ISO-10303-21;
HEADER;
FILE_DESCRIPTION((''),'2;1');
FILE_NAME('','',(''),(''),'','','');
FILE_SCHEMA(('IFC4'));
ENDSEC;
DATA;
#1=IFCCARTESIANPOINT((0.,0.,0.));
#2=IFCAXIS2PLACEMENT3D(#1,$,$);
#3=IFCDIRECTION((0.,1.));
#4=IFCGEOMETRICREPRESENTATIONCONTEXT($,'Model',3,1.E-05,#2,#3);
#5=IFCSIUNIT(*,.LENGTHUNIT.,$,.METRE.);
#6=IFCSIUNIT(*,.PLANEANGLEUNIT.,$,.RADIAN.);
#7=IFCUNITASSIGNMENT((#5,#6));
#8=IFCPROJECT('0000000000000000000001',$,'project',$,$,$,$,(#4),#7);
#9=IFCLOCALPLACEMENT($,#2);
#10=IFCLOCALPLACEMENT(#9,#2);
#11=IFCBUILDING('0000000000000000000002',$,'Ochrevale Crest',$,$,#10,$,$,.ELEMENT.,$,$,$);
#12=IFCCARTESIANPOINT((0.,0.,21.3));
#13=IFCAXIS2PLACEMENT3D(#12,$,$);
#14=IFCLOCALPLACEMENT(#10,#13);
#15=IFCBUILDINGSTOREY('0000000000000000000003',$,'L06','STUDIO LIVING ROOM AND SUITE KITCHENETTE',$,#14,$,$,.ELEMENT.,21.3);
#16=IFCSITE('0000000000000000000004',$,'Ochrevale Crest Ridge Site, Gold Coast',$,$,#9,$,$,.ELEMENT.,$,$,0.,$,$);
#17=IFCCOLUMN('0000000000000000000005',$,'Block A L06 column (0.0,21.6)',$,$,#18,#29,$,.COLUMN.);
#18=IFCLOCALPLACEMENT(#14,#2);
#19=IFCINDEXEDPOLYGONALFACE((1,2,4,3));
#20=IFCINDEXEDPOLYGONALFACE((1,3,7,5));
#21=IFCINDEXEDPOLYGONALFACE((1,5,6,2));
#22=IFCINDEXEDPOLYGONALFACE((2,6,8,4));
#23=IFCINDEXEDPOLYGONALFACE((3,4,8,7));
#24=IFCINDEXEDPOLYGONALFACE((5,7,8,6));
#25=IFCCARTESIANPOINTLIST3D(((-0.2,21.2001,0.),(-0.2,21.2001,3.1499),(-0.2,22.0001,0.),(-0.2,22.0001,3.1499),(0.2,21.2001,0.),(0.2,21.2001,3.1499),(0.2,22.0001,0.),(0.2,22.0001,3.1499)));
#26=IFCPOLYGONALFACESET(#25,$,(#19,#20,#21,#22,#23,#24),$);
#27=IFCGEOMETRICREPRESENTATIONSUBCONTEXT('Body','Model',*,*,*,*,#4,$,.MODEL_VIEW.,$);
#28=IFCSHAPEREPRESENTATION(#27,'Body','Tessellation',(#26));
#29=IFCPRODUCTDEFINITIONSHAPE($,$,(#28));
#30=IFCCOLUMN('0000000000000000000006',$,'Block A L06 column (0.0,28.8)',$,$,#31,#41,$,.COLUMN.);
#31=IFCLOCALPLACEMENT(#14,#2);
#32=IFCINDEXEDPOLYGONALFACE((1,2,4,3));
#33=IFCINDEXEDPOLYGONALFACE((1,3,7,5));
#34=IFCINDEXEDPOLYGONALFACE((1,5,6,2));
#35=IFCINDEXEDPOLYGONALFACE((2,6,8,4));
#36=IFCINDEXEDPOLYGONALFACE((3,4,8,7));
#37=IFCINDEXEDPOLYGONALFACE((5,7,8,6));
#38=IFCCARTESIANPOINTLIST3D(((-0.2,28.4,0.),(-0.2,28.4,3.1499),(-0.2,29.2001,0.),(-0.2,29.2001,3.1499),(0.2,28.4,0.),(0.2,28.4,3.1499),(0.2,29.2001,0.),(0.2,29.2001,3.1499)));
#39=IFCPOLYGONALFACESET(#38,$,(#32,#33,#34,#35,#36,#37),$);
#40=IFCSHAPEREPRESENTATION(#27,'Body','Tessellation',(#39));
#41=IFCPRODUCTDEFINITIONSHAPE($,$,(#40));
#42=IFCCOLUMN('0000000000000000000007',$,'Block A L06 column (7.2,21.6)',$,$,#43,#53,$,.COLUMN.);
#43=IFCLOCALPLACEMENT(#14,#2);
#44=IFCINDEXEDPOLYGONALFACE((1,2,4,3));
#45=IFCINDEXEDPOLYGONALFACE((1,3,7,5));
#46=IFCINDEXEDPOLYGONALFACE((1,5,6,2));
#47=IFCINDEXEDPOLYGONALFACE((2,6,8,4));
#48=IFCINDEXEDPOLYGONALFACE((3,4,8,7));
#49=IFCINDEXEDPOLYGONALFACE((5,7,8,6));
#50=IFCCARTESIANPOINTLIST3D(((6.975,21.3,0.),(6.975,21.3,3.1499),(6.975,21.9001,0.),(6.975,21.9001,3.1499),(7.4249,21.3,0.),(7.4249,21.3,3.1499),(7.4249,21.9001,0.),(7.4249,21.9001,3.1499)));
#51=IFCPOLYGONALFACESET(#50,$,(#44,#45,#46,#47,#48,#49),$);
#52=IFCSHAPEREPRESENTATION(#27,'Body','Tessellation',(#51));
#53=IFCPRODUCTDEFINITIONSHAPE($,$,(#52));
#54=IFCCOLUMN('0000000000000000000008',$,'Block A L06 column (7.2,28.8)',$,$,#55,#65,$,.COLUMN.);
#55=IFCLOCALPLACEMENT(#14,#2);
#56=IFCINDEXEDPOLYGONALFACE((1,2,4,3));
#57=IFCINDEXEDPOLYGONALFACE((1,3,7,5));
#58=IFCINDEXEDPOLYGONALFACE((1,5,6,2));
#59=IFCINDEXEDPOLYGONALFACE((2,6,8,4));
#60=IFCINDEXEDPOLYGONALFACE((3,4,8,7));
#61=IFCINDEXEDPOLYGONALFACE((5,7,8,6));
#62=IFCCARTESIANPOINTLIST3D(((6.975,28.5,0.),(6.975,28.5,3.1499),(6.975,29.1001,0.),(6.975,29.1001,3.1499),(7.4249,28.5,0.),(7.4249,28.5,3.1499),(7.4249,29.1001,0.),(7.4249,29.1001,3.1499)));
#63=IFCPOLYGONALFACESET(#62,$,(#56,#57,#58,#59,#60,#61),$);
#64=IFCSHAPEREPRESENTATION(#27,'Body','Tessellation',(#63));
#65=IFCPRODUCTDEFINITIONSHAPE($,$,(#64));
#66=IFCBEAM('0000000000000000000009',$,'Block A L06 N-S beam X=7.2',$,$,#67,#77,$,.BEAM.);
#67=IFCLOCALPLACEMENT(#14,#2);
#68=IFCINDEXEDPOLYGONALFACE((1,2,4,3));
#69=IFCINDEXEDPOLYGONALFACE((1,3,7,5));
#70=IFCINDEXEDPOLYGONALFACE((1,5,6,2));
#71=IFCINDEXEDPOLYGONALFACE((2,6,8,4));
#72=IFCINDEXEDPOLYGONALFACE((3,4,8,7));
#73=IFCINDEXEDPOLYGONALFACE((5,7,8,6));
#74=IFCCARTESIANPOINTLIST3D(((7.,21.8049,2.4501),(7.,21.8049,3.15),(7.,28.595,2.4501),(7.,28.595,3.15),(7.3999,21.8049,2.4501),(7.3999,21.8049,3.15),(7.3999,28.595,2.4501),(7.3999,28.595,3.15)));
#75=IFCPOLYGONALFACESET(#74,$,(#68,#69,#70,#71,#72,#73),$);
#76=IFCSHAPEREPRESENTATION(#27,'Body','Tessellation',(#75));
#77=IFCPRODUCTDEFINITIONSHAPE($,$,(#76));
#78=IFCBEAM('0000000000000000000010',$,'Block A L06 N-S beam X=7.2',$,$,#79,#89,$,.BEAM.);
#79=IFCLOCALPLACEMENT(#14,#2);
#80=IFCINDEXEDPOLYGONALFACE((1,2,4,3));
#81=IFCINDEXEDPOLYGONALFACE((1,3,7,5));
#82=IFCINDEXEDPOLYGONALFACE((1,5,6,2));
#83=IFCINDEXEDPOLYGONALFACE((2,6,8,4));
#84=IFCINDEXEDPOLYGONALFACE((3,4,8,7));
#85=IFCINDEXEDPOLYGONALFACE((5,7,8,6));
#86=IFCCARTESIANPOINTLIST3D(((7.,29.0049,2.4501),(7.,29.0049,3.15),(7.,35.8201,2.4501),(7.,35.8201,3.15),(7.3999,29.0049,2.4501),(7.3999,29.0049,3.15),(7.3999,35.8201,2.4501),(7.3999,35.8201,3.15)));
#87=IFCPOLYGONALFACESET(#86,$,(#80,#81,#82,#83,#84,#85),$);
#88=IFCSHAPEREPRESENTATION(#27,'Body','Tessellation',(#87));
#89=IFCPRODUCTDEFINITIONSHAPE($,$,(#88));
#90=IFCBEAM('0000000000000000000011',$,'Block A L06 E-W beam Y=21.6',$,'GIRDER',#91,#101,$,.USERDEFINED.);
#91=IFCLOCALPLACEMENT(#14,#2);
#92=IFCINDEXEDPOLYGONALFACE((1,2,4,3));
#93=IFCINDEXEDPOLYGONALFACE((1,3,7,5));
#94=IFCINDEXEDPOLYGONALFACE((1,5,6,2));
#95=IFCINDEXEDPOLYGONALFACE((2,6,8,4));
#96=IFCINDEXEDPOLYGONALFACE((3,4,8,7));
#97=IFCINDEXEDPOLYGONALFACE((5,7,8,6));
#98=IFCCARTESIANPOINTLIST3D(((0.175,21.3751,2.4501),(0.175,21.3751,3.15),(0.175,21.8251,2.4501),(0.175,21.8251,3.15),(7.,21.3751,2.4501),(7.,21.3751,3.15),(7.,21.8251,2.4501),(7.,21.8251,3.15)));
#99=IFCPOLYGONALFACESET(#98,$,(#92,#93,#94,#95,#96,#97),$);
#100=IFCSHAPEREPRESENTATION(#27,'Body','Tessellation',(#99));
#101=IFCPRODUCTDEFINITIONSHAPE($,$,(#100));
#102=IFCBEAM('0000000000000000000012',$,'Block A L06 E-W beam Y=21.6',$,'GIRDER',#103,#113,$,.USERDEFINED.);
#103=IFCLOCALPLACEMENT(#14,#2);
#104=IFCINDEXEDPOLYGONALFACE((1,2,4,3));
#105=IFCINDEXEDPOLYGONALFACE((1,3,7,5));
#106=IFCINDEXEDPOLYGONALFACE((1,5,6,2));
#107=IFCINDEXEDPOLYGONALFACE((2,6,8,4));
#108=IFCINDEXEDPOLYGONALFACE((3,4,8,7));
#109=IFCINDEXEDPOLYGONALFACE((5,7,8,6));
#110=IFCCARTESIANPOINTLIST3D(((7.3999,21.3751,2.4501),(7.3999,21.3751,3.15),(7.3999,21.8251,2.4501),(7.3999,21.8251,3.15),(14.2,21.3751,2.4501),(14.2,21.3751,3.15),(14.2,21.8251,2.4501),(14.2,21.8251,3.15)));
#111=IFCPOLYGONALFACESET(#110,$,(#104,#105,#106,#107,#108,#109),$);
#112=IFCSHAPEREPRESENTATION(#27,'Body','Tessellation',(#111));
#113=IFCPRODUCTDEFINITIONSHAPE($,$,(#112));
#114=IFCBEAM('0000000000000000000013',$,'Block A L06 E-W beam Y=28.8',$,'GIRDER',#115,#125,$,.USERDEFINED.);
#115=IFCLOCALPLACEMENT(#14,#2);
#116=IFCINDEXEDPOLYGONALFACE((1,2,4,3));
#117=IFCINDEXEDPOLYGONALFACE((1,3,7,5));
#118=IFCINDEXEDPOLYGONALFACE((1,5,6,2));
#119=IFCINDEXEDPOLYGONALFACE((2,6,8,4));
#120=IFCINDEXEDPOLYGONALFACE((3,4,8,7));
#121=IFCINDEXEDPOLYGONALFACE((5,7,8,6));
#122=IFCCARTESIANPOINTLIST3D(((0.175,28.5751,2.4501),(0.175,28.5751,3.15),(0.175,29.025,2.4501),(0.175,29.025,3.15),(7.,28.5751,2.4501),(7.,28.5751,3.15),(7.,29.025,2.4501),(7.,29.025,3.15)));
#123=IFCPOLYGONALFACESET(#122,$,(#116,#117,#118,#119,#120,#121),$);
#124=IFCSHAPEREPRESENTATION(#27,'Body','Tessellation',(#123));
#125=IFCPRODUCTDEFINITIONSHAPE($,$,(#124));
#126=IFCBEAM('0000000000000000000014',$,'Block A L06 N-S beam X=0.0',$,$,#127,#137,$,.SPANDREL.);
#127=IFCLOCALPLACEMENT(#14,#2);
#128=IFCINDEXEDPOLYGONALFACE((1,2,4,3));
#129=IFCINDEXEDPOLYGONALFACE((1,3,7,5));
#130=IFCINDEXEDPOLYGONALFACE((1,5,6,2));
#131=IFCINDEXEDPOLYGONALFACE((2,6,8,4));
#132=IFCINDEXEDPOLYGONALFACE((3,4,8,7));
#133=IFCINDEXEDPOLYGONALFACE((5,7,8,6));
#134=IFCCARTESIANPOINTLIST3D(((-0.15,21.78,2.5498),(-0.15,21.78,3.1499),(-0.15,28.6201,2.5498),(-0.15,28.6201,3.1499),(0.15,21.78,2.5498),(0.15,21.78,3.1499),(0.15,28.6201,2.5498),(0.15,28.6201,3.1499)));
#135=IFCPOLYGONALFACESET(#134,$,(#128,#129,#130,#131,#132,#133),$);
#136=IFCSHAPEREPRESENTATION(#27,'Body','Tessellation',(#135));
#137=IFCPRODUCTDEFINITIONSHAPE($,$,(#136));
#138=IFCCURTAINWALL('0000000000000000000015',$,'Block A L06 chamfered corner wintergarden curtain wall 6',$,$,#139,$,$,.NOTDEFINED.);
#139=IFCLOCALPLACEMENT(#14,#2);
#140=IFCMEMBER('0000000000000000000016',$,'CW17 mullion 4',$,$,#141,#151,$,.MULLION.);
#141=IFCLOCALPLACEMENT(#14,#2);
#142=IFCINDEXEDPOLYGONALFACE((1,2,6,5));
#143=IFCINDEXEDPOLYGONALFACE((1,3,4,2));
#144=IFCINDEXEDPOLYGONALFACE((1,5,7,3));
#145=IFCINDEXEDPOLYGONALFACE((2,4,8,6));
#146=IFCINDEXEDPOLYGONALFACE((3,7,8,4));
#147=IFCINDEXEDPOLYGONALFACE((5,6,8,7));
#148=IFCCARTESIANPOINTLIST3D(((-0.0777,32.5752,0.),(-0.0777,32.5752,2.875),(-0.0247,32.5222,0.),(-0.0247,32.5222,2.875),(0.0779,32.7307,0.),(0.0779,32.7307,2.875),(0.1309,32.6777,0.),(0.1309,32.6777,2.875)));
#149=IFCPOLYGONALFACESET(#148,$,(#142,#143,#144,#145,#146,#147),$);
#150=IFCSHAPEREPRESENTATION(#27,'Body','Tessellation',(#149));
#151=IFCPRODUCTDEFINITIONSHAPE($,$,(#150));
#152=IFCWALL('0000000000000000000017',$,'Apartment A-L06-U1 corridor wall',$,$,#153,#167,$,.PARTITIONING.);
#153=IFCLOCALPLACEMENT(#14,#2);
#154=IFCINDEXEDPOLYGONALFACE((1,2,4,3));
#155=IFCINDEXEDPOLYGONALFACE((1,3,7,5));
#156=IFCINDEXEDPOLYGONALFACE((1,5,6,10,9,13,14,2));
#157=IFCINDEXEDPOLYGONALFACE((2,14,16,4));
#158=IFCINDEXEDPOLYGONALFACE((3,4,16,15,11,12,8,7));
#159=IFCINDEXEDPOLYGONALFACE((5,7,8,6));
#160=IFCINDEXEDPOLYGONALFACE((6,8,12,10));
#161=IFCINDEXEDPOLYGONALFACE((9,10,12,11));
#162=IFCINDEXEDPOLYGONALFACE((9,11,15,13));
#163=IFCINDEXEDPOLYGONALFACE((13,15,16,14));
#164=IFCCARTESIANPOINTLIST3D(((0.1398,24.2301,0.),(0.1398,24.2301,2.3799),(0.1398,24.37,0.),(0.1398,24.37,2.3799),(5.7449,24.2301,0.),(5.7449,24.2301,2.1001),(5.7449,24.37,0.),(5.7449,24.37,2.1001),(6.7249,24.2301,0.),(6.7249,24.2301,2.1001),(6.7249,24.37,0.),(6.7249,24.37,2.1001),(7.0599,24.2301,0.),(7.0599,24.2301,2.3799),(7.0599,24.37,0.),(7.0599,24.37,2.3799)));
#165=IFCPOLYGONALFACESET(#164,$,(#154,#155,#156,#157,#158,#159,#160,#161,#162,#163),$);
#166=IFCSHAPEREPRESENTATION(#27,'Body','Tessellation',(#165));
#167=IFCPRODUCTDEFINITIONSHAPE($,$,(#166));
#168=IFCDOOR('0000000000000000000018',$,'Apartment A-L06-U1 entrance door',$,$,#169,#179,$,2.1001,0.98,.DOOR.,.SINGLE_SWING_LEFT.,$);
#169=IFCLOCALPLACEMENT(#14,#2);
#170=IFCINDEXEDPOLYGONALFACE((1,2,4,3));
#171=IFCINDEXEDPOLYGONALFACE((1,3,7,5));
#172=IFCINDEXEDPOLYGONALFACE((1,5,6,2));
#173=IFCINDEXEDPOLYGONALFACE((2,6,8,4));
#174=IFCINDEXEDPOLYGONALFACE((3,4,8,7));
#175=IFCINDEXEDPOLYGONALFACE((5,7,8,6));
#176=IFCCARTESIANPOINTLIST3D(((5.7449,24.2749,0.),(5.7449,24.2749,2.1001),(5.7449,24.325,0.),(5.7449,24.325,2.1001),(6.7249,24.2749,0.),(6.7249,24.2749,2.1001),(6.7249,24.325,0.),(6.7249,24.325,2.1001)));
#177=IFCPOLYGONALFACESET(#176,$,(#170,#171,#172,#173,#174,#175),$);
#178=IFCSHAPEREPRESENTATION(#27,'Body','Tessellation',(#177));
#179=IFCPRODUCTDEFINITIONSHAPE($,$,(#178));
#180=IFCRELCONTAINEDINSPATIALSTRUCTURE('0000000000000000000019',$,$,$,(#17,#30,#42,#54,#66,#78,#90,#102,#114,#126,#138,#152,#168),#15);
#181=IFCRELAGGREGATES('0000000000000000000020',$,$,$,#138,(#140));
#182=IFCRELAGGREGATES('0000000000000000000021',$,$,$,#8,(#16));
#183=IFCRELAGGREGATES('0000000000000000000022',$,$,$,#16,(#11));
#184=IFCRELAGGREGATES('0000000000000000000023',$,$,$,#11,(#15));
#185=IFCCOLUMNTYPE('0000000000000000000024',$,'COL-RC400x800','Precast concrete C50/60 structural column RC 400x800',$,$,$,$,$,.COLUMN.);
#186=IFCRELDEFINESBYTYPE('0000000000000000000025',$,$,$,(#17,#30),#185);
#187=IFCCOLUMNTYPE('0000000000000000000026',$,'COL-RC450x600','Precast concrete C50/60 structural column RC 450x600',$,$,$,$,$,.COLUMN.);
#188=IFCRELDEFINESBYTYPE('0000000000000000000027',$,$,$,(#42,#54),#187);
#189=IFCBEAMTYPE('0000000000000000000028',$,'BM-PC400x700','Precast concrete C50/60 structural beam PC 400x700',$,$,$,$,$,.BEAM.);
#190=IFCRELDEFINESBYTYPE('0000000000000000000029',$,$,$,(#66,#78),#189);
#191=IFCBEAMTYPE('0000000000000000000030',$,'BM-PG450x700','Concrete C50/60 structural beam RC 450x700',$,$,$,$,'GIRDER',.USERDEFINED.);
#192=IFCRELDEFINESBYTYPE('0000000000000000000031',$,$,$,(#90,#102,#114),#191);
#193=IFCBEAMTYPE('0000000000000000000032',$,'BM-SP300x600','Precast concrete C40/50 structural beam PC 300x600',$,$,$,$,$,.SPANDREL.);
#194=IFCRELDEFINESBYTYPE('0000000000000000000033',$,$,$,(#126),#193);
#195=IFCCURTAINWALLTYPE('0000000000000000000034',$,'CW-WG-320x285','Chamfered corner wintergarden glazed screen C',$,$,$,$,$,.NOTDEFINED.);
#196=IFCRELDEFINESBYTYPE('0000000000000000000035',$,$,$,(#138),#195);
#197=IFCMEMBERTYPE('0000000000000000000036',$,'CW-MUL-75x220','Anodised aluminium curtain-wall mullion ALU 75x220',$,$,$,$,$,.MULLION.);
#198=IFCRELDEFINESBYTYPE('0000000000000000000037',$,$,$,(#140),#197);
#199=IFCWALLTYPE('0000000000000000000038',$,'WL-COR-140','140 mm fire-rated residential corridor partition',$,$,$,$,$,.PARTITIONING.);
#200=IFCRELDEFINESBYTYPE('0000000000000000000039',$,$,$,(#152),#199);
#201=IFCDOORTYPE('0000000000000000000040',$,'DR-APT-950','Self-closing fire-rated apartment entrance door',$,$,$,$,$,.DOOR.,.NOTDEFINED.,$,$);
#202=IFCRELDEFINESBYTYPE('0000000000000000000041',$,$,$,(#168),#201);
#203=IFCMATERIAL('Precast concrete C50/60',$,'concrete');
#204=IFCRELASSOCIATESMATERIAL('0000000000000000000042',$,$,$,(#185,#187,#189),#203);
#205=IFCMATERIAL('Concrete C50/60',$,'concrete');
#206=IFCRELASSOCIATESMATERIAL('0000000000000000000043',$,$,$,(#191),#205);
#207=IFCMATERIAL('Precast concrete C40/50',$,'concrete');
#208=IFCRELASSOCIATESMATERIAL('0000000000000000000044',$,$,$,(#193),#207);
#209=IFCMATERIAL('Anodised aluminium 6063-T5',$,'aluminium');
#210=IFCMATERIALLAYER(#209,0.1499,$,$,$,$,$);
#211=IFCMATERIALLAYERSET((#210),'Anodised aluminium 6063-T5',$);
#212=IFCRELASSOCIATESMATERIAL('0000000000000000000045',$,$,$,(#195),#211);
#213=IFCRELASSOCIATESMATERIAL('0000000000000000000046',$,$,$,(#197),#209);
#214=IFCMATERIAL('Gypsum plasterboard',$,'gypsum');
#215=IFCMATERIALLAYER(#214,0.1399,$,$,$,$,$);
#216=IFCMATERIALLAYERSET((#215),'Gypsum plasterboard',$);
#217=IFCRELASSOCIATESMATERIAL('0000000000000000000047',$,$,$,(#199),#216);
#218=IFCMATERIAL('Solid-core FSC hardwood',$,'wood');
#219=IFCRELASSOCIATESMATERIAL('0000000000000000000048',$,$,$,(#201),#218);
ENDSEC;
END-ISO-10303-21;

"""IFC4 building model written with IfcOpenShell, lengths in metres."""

from ifc_helpers import new_model, si_unit, direction, frame, frame_2d, origin, origin_2d, place, context, subcontext, project, spatial, rectangle, extrude, material, layer, layer_set, material_profile, profile_set, type_object, element, fill, aggregate, save


model = new_model("IFC4")

# Units and contexts
model_context = context("Model", 3, precision=1e-05, world=origin(), true_north=direction((0.0, 1.0)))
body_context = subcontext(model_context, "Body", "Model", "MODEL_VIEW")
ifc_project = project(units=[si_unit("LENGTHUNIT", "METRE"), si_unit("PLANEANGLEUNIT", "RADIAN")], contexts=[model_context])

# Site, building, storey
site_placement = place(None, origin())
site = spatial("IfcSite", under=ifc_project, at=site_placement, Name="Ochrevale Crest Ridge Site, Gold Coast", CompositionType="ELEMENT", RefElevation=0.0)
building_placement = place(site_placement, origin())
building = spatial("IfcBuilding", under=site, at=building_placement, Name="Ochrevale Crest", CompositionType="ELEMENT")
storey_placement = place(building_placement, frame((0.0, 0.0, 21.3)))
storey = spatial("IfcBuildingStorey", under=building, at=storey_placement, Name="L06", Description="STUDIO LIVING ROOM AND SUITE KITCHENETTE", CompositionType="ELEMENT", Elevation=21.3)

# Columns
ifc_material_1 = material(Name="Precast concrete C50/60", Category="concrete")
ifc_material_profile_1 = material_profile(ifc_material_1, rectangle(XDim=0.3999, YDim=0.8, at=origin_2d()), Name="RC 400x800")
ifc_profile_set_1 = profile_set([ifc_material_profile_1], Name="Precast concrete C50/60")
column_type_1 = type_object("IfcColumnType", Name="COL-RC400x800", Description="Precast concrete C50/60 structural column RC 400x800", PredefinedType="COLUMN", material=ifc_profile_set_1)
for number, where, z_axis, x_axis, name in (
    (1, (0.0, 21.6001, 0.0), (0.0, 0.0, 1.0), (1.0, 0.0, 0.0), "Block A L06 column (0.0,21.6)"),
    (2, (0.0, 28.8, 0.0), (0.0, 0.0, 1.0), (1.0, 0.0, 0.0), "Block A L06 column (0.0,28.8)"),
):
    element("IfcColumn", number, at=place(storey_placement, frame(where, z_axis=z_axis, x_axis=x_axis)), inside=storey, type_object=column_type_1, Name=name, PredefinedType="COLUMN", context=body_context, shape_type="SweptSolid", body=[
        extrude(rectangle(XDim=0.3999, YDim=0.8, at=origin_2d()), origin(), (0.0, 0.0, 1.0), 3.1499),
    ])
ifc_material_profile_2 = material_profile(ifc_material_1, rectangle(XDim=0.45, YDim=0.6001, at=origin_2d()), Name="RC 450x600")
ifc_profile_set_2 = profile_set([ifc_material_profile_2], Name="Precast concrete C50/60")
column_type_2 = type_object("IfcColumnType", Name="COL-RC450x600", Description="Precast concrete C50/60 structural column RC 450x600", PredefinedType="COLUMN", material=ifc_profile_set_2)
for number, where, z_axis, x_axis, name in (
    (3, (7.2, 21.6001, 0.0), (0.0, 0.0, 1.0), (1.0, 0.0, 0.0), "Block A L06 column (7.2,21.6)"),
    (4, (7.2, 28.8, 0.0), (0.0, 0.0, 1.0), (1.0, 0.0, 0.0), "Block A L06 column (7.2,28.8)"),
):
    element("IfcColumn", number, at=place(storey_placement, frame(where, z_axis=z_axis, x_axis=x_axis)), inside=storey, type_object=column_type_2, Name=name, PredefinedType="COLUMN", context=body_context, shape_type="SweptSolid", body=[
        extrude(rectangle(XDim=0.45, YDim=0.6001, at=origin_2d()), origin(), (0.0, 0.0, 1.0), 3.1499),
    ])

# Beams
ifc_material_profile_3 = material_profile(ifc_material_1, rectangle(XDim=0.3999, YDim=0.7, at=origin_2d()), Name="PC 400x700")
ifc_profile_set_3 = profile_set([ifc_material_profile_3], Name="Precast concrete C50/60")
beam_type_1 = type_object("IfcBeamType", Name="BM-PC400x700", Description="Precast concrete C50/60 structural beam PC 400x700", PredefinedType="BEAM", material=ifc_profile_set_3)
beam_1_placement = place(storey_placement, frame((7.2, 21.8049, 2.8), z_axis=(0.0, 1.0, 0.0), x_axis=(-1.0, 0.0, 0.0)))
element("IfcBeam", 5, at=beam_1_placement, inside=storey, type_object=beam_type_1, Name="Block A L06 N-S beam X=7.2", PredefinedType="BEAM", context=body_context, shape_type="SweptSolid", body=[
    extrude(rectangle(XDim=0.3999, YDim=0.7, at=origin_2d()), origin(), (0.0, 0.0, 1.0), 6.79),
])
beam_2_placement = place(storey_placement, frame((7.2, 29.0049, 2.8), z_axis=(0.0, 1.0, 0.0), x_axis=(-1.0, 0.0, 0.0)))
element("IfcBeam", 6, at=beam_2_placement, inside=storey, type_object=beam_type_1, Name="Block A L06 N-S beam X=7.2", PredefinedType="BEAM", context=body_context, shape_type="SweptSolid", body=[
    extrude(rectangle(XDim=0.3999, YDim=0.7, at=origin_2d()), origin(), (0.0, 0.0, 1.0), 6.8152),
])
ifc_material_2 = material(Name="Concrete C50/60", Category="concrete")
ifc_material_profile_4 = material_profile(ifc_material_2, rectangle(XDim=0.45, YDim=0.7, at=origin_2d()), Name="RC 450x700")
ifc_profile_set_4 = profile_set([ifc_material_profile_4], Name="Concrete C50/60")
beam_type_2 = type_object("IfcBeamType", Name="BM-PG450x700", Description="Concrete C50/60 structural beam RC 450x700", ElementType="GIRDER", PredefinedType="USERDEFINED", material=ifc_profile_set_4)
beam_3_placement = place(storey_placement, frame((0.175, 21.6001, 2.8), z_axis=(1.0, 0.0, 0.0), x_axis=(0.0, 1.0, 0.0)))
element("IfcBeam", 7, at=beam_3_placement, inside=storey, type_object=beam_type_2, Name="Block A L06 E-W beam Y=21.6", ObjectType="GIRDER", PredefinedType="USERDEFINED", context=body_context, shape_type="SweptSolid", body=[
    extrude(rectangle(XDim=0.45, YDim=0.7, at=origin_2d()), origin(), (0.0, 0.0, 1.0), 6.825),
])
beam_4_placement = place(storey_placement, frame((7.3999, 21.6001, 2.8), z_axis=(1.0, 0.0, 0.0), x_axis=(0.0, 1.0, 0.0)))
element("IfcBeam", 8, at=beam_4_placement, inside=storey, type_object=beam_type_2, Name="Block A L06 E-W beam Y=21.6", ObjectType="GIRDER", PredefinedType="USERDEFINED", context=body_context, shape_type="SweptSolid", body=[
    extrude(rectangle(XDim=0.45, YDim=0.7, at=origin_2d()), origin(), (0.0, 0.0, 1.0), 6.8),
])
beam_5_placement = place(storey_placement, frame((0.175, 28.8, 2.8), z_axis=(1.0, 0.0, 0.0), x_axis=(0.0, 1.0, 0.0)))
element("IfcBeam", 9, at=beam_5_placement, inside=storey, type_object=beam_type_2, Name="Block A L06 E-W beam Y=28.8", ObjectType="GIRDER", PredefinedType="USERDEFINED", context=body_context, shape_type="SweptSolid", body=[
    extrude(rectangle(XDim=0.45, YDim=0.7, at=origin_2d()), origin(), (0.0, 0.0, 1.0), 6.825),
])
ifc_material_3 = material(Name="Precast concrete C40/50", Category="concrete")
ifc_material_profile_5 = material_profile(ifc_material_3, rectangle(XDim=0.3, YDim=0.6001, at=origin_2d()), Name="PC 300x600")
ifc_profile_set_5 = profile_set([ifc_material_profile_5], Name="Precast concrete C40/50")
beam_type_3 = type_object("IfcBeamType", Name="BM-SP300x600", Description="Precast concrete C40/50 structural beam PC 300x600", PredefinedType="SPANDREL", material=ifc_profile_set_5)
beam_6_placement = place(storey_placement, frame((0.0, 21.78, 2.8499), z_axis=(0.0, 1.0, 0.0), x_axis=(-1.0, 0.0, 0.0)))
element("IfcBeam", 10, at=beam_6_placement, inside=storey, type_object=beam_type_3, Name="Block A L06 N-S beam X=0.0", PredefinedType="SPANDREL", context=body_context, shape_type="SweptSolid", body=[
    extrude(rectangle(XDim=0.3, YDim=0.6001, at=origin_2d()), origin(), (0.0, 0.0, 1.0), 6.8401),
])

# Curtain wall, member
ifc_material_4 = material(Name="Anodised aluminium 6063-T5", Category="aluminium")
ifc_layer_1 = layer(ifc_material_4, 0.1499)
ifc_layer_set_1 = layer_set([ifc_layer_1], Name="Anodised aluminium 6063-T5")
curtain_wall_type = type_object("IfcCurtainWallType", Name="CW-WG-320x285", Description="Chamfered corner wintergarden glazed screen C", PredefinedType="NOTDEFINED", material=ifc_layer_set_1)
curtain_wall_placement = place(storey_placement, origin())
curtain_wall = element("IfcCurtainWall", 11, at=curtain_wall_placement, inside=storey, type_object=curtain_wall_type, Name="Block A L06 chamfered corner wintergarden curtain wall 6", PredefinedType="NOTDEFINED")
ifc_material_profile_6 = material_profile(ifc_material_4, rectangle(XDim=0.075, YDim=0.22, at=origin_2d()), Name="ALU 75x220")
ifc_profile_set_6 = profile_set([ifc_material_profile_6], Name="Anodised aluminium 6063-T5")
member_type = type_object("IfcMemberType", Name="CW-MUL-75x220", Description="Anodised aluminium curtain-wall mullion ALU 75x220", PredefinedType="MULLION", material=ifc_profile_set_6)
member_placement = place(storey_placement, frame((0.0266, 32.6265, 0.0), z_axis=(0.0, 0.0, 1.0), x_axis=(0.707107, -0.707107, 0.0)))
member = element("IfcMember", 12, at=member_placement, type_object=member_type, Name="CW17 mullion 4", PredefinedType="MULLION", context=body_context, shape_type="SweptSolid", body=[
    extrude(rectangle(XDim=0.075, YDim=0.22, at=origin_2d()), origin(), (0.0, 0.0, 1.0), 2.875),
])
aggregate(curtain_wall, [member])

# Wall, opening, door
ifc_material_5 = material(Name="Gypsum plasterboard", Category="gypsum")
ifc_layer_2 = layer(ifc_material_5, 0.1399)
ifc_layer_set_2 = layer_set([ifc_layer_2], Name="Gypsum plasterboard")
wall_type_1 = type_object("IfcWallType", Name="WL-COR-140", Description="140 mm fire-rated residential corridor partition", PredefinedType="PARTITIONING", material=ifc_layer_set_2)
wall_1_placement = place(storey_placement, frame((0.1399, 24.3, 0.0), z_axis=(0.0, 0.0, 1.0), x_axis=(1.0, 0.0, 0.0)))
wall_1 = element("IfcWall", 13, at=wall_1_placement, inside=storey, type_object=wall_type_1, Name="Apartment A-L06-U1 corridor wall", PredefinedType="PARTITIONING", context=body_context, shape_type="SweptSolid", body=[
    extrude(rectangle(XDim=6.9202, YDim=0.1399, at=frame_2d((3.46, 0.0))), origin(), (0.0, 0.0, 1.0), 2.3799),
])
opening_1_placement = place(wall_1_placement, frame((5.605, 0.0, 0.0)))
opening_1 = element("IfcOpeningElement", 14, at=opening_1_placement, cuts=wall_1, PredefinedType="OPENING", context=body_context, shape_type="SweptSolid", body=[
    extrude(rectangle(XDim=0.98, YDim=2.1001, at=frame_2d((0.49, 1.05))), frame((0.0, 0.0801, 0.0), z_axis=(0.0, -1.0, 0.0), x_axis=(1.0, 0.0, 0.0)), (0.0, 0.0, 1.0), 0.1599),
])
ifc_material_6 = material(Name="Solid-core FSC hardwood", Category="wood")
door_type_1 = type_object("IfcDoorType", Name="DR-APT-950", Description="Self-closing fire-rated apartment entrance door", OperationType="NOTDEFINED", PredefinedType="DOOR", material=ifc_material_6)
door_1_placement = place(opening_1_placement, origin())
door_1 = element("IfcDoor", 15, at=door_1_placement, inside=storey, type_object=door_type_1, Name="Apartment A-L06-U1 entrance door", OperationType="SINGLE_SWING_LEFT", OverallHeight=2.1001, OverallWidth=0.98, PredefinedType="DOOR", context=body_context, shape_type="SweptSolid", body=[
    extrude(rectangle(XDim=0.98, YDim=2.1001, at=frame_2d((0.49, 1.05))), frame((0.0, 0.0249, 0.0), z_axis=(0.0, -1.0, 0.0), x_axis=(1.0, 0.0, 0.0)), (0.0, 0.0, 1.0), 0.05),
])
fill(opening_1, door_1)

save(model, "model.ifc")
